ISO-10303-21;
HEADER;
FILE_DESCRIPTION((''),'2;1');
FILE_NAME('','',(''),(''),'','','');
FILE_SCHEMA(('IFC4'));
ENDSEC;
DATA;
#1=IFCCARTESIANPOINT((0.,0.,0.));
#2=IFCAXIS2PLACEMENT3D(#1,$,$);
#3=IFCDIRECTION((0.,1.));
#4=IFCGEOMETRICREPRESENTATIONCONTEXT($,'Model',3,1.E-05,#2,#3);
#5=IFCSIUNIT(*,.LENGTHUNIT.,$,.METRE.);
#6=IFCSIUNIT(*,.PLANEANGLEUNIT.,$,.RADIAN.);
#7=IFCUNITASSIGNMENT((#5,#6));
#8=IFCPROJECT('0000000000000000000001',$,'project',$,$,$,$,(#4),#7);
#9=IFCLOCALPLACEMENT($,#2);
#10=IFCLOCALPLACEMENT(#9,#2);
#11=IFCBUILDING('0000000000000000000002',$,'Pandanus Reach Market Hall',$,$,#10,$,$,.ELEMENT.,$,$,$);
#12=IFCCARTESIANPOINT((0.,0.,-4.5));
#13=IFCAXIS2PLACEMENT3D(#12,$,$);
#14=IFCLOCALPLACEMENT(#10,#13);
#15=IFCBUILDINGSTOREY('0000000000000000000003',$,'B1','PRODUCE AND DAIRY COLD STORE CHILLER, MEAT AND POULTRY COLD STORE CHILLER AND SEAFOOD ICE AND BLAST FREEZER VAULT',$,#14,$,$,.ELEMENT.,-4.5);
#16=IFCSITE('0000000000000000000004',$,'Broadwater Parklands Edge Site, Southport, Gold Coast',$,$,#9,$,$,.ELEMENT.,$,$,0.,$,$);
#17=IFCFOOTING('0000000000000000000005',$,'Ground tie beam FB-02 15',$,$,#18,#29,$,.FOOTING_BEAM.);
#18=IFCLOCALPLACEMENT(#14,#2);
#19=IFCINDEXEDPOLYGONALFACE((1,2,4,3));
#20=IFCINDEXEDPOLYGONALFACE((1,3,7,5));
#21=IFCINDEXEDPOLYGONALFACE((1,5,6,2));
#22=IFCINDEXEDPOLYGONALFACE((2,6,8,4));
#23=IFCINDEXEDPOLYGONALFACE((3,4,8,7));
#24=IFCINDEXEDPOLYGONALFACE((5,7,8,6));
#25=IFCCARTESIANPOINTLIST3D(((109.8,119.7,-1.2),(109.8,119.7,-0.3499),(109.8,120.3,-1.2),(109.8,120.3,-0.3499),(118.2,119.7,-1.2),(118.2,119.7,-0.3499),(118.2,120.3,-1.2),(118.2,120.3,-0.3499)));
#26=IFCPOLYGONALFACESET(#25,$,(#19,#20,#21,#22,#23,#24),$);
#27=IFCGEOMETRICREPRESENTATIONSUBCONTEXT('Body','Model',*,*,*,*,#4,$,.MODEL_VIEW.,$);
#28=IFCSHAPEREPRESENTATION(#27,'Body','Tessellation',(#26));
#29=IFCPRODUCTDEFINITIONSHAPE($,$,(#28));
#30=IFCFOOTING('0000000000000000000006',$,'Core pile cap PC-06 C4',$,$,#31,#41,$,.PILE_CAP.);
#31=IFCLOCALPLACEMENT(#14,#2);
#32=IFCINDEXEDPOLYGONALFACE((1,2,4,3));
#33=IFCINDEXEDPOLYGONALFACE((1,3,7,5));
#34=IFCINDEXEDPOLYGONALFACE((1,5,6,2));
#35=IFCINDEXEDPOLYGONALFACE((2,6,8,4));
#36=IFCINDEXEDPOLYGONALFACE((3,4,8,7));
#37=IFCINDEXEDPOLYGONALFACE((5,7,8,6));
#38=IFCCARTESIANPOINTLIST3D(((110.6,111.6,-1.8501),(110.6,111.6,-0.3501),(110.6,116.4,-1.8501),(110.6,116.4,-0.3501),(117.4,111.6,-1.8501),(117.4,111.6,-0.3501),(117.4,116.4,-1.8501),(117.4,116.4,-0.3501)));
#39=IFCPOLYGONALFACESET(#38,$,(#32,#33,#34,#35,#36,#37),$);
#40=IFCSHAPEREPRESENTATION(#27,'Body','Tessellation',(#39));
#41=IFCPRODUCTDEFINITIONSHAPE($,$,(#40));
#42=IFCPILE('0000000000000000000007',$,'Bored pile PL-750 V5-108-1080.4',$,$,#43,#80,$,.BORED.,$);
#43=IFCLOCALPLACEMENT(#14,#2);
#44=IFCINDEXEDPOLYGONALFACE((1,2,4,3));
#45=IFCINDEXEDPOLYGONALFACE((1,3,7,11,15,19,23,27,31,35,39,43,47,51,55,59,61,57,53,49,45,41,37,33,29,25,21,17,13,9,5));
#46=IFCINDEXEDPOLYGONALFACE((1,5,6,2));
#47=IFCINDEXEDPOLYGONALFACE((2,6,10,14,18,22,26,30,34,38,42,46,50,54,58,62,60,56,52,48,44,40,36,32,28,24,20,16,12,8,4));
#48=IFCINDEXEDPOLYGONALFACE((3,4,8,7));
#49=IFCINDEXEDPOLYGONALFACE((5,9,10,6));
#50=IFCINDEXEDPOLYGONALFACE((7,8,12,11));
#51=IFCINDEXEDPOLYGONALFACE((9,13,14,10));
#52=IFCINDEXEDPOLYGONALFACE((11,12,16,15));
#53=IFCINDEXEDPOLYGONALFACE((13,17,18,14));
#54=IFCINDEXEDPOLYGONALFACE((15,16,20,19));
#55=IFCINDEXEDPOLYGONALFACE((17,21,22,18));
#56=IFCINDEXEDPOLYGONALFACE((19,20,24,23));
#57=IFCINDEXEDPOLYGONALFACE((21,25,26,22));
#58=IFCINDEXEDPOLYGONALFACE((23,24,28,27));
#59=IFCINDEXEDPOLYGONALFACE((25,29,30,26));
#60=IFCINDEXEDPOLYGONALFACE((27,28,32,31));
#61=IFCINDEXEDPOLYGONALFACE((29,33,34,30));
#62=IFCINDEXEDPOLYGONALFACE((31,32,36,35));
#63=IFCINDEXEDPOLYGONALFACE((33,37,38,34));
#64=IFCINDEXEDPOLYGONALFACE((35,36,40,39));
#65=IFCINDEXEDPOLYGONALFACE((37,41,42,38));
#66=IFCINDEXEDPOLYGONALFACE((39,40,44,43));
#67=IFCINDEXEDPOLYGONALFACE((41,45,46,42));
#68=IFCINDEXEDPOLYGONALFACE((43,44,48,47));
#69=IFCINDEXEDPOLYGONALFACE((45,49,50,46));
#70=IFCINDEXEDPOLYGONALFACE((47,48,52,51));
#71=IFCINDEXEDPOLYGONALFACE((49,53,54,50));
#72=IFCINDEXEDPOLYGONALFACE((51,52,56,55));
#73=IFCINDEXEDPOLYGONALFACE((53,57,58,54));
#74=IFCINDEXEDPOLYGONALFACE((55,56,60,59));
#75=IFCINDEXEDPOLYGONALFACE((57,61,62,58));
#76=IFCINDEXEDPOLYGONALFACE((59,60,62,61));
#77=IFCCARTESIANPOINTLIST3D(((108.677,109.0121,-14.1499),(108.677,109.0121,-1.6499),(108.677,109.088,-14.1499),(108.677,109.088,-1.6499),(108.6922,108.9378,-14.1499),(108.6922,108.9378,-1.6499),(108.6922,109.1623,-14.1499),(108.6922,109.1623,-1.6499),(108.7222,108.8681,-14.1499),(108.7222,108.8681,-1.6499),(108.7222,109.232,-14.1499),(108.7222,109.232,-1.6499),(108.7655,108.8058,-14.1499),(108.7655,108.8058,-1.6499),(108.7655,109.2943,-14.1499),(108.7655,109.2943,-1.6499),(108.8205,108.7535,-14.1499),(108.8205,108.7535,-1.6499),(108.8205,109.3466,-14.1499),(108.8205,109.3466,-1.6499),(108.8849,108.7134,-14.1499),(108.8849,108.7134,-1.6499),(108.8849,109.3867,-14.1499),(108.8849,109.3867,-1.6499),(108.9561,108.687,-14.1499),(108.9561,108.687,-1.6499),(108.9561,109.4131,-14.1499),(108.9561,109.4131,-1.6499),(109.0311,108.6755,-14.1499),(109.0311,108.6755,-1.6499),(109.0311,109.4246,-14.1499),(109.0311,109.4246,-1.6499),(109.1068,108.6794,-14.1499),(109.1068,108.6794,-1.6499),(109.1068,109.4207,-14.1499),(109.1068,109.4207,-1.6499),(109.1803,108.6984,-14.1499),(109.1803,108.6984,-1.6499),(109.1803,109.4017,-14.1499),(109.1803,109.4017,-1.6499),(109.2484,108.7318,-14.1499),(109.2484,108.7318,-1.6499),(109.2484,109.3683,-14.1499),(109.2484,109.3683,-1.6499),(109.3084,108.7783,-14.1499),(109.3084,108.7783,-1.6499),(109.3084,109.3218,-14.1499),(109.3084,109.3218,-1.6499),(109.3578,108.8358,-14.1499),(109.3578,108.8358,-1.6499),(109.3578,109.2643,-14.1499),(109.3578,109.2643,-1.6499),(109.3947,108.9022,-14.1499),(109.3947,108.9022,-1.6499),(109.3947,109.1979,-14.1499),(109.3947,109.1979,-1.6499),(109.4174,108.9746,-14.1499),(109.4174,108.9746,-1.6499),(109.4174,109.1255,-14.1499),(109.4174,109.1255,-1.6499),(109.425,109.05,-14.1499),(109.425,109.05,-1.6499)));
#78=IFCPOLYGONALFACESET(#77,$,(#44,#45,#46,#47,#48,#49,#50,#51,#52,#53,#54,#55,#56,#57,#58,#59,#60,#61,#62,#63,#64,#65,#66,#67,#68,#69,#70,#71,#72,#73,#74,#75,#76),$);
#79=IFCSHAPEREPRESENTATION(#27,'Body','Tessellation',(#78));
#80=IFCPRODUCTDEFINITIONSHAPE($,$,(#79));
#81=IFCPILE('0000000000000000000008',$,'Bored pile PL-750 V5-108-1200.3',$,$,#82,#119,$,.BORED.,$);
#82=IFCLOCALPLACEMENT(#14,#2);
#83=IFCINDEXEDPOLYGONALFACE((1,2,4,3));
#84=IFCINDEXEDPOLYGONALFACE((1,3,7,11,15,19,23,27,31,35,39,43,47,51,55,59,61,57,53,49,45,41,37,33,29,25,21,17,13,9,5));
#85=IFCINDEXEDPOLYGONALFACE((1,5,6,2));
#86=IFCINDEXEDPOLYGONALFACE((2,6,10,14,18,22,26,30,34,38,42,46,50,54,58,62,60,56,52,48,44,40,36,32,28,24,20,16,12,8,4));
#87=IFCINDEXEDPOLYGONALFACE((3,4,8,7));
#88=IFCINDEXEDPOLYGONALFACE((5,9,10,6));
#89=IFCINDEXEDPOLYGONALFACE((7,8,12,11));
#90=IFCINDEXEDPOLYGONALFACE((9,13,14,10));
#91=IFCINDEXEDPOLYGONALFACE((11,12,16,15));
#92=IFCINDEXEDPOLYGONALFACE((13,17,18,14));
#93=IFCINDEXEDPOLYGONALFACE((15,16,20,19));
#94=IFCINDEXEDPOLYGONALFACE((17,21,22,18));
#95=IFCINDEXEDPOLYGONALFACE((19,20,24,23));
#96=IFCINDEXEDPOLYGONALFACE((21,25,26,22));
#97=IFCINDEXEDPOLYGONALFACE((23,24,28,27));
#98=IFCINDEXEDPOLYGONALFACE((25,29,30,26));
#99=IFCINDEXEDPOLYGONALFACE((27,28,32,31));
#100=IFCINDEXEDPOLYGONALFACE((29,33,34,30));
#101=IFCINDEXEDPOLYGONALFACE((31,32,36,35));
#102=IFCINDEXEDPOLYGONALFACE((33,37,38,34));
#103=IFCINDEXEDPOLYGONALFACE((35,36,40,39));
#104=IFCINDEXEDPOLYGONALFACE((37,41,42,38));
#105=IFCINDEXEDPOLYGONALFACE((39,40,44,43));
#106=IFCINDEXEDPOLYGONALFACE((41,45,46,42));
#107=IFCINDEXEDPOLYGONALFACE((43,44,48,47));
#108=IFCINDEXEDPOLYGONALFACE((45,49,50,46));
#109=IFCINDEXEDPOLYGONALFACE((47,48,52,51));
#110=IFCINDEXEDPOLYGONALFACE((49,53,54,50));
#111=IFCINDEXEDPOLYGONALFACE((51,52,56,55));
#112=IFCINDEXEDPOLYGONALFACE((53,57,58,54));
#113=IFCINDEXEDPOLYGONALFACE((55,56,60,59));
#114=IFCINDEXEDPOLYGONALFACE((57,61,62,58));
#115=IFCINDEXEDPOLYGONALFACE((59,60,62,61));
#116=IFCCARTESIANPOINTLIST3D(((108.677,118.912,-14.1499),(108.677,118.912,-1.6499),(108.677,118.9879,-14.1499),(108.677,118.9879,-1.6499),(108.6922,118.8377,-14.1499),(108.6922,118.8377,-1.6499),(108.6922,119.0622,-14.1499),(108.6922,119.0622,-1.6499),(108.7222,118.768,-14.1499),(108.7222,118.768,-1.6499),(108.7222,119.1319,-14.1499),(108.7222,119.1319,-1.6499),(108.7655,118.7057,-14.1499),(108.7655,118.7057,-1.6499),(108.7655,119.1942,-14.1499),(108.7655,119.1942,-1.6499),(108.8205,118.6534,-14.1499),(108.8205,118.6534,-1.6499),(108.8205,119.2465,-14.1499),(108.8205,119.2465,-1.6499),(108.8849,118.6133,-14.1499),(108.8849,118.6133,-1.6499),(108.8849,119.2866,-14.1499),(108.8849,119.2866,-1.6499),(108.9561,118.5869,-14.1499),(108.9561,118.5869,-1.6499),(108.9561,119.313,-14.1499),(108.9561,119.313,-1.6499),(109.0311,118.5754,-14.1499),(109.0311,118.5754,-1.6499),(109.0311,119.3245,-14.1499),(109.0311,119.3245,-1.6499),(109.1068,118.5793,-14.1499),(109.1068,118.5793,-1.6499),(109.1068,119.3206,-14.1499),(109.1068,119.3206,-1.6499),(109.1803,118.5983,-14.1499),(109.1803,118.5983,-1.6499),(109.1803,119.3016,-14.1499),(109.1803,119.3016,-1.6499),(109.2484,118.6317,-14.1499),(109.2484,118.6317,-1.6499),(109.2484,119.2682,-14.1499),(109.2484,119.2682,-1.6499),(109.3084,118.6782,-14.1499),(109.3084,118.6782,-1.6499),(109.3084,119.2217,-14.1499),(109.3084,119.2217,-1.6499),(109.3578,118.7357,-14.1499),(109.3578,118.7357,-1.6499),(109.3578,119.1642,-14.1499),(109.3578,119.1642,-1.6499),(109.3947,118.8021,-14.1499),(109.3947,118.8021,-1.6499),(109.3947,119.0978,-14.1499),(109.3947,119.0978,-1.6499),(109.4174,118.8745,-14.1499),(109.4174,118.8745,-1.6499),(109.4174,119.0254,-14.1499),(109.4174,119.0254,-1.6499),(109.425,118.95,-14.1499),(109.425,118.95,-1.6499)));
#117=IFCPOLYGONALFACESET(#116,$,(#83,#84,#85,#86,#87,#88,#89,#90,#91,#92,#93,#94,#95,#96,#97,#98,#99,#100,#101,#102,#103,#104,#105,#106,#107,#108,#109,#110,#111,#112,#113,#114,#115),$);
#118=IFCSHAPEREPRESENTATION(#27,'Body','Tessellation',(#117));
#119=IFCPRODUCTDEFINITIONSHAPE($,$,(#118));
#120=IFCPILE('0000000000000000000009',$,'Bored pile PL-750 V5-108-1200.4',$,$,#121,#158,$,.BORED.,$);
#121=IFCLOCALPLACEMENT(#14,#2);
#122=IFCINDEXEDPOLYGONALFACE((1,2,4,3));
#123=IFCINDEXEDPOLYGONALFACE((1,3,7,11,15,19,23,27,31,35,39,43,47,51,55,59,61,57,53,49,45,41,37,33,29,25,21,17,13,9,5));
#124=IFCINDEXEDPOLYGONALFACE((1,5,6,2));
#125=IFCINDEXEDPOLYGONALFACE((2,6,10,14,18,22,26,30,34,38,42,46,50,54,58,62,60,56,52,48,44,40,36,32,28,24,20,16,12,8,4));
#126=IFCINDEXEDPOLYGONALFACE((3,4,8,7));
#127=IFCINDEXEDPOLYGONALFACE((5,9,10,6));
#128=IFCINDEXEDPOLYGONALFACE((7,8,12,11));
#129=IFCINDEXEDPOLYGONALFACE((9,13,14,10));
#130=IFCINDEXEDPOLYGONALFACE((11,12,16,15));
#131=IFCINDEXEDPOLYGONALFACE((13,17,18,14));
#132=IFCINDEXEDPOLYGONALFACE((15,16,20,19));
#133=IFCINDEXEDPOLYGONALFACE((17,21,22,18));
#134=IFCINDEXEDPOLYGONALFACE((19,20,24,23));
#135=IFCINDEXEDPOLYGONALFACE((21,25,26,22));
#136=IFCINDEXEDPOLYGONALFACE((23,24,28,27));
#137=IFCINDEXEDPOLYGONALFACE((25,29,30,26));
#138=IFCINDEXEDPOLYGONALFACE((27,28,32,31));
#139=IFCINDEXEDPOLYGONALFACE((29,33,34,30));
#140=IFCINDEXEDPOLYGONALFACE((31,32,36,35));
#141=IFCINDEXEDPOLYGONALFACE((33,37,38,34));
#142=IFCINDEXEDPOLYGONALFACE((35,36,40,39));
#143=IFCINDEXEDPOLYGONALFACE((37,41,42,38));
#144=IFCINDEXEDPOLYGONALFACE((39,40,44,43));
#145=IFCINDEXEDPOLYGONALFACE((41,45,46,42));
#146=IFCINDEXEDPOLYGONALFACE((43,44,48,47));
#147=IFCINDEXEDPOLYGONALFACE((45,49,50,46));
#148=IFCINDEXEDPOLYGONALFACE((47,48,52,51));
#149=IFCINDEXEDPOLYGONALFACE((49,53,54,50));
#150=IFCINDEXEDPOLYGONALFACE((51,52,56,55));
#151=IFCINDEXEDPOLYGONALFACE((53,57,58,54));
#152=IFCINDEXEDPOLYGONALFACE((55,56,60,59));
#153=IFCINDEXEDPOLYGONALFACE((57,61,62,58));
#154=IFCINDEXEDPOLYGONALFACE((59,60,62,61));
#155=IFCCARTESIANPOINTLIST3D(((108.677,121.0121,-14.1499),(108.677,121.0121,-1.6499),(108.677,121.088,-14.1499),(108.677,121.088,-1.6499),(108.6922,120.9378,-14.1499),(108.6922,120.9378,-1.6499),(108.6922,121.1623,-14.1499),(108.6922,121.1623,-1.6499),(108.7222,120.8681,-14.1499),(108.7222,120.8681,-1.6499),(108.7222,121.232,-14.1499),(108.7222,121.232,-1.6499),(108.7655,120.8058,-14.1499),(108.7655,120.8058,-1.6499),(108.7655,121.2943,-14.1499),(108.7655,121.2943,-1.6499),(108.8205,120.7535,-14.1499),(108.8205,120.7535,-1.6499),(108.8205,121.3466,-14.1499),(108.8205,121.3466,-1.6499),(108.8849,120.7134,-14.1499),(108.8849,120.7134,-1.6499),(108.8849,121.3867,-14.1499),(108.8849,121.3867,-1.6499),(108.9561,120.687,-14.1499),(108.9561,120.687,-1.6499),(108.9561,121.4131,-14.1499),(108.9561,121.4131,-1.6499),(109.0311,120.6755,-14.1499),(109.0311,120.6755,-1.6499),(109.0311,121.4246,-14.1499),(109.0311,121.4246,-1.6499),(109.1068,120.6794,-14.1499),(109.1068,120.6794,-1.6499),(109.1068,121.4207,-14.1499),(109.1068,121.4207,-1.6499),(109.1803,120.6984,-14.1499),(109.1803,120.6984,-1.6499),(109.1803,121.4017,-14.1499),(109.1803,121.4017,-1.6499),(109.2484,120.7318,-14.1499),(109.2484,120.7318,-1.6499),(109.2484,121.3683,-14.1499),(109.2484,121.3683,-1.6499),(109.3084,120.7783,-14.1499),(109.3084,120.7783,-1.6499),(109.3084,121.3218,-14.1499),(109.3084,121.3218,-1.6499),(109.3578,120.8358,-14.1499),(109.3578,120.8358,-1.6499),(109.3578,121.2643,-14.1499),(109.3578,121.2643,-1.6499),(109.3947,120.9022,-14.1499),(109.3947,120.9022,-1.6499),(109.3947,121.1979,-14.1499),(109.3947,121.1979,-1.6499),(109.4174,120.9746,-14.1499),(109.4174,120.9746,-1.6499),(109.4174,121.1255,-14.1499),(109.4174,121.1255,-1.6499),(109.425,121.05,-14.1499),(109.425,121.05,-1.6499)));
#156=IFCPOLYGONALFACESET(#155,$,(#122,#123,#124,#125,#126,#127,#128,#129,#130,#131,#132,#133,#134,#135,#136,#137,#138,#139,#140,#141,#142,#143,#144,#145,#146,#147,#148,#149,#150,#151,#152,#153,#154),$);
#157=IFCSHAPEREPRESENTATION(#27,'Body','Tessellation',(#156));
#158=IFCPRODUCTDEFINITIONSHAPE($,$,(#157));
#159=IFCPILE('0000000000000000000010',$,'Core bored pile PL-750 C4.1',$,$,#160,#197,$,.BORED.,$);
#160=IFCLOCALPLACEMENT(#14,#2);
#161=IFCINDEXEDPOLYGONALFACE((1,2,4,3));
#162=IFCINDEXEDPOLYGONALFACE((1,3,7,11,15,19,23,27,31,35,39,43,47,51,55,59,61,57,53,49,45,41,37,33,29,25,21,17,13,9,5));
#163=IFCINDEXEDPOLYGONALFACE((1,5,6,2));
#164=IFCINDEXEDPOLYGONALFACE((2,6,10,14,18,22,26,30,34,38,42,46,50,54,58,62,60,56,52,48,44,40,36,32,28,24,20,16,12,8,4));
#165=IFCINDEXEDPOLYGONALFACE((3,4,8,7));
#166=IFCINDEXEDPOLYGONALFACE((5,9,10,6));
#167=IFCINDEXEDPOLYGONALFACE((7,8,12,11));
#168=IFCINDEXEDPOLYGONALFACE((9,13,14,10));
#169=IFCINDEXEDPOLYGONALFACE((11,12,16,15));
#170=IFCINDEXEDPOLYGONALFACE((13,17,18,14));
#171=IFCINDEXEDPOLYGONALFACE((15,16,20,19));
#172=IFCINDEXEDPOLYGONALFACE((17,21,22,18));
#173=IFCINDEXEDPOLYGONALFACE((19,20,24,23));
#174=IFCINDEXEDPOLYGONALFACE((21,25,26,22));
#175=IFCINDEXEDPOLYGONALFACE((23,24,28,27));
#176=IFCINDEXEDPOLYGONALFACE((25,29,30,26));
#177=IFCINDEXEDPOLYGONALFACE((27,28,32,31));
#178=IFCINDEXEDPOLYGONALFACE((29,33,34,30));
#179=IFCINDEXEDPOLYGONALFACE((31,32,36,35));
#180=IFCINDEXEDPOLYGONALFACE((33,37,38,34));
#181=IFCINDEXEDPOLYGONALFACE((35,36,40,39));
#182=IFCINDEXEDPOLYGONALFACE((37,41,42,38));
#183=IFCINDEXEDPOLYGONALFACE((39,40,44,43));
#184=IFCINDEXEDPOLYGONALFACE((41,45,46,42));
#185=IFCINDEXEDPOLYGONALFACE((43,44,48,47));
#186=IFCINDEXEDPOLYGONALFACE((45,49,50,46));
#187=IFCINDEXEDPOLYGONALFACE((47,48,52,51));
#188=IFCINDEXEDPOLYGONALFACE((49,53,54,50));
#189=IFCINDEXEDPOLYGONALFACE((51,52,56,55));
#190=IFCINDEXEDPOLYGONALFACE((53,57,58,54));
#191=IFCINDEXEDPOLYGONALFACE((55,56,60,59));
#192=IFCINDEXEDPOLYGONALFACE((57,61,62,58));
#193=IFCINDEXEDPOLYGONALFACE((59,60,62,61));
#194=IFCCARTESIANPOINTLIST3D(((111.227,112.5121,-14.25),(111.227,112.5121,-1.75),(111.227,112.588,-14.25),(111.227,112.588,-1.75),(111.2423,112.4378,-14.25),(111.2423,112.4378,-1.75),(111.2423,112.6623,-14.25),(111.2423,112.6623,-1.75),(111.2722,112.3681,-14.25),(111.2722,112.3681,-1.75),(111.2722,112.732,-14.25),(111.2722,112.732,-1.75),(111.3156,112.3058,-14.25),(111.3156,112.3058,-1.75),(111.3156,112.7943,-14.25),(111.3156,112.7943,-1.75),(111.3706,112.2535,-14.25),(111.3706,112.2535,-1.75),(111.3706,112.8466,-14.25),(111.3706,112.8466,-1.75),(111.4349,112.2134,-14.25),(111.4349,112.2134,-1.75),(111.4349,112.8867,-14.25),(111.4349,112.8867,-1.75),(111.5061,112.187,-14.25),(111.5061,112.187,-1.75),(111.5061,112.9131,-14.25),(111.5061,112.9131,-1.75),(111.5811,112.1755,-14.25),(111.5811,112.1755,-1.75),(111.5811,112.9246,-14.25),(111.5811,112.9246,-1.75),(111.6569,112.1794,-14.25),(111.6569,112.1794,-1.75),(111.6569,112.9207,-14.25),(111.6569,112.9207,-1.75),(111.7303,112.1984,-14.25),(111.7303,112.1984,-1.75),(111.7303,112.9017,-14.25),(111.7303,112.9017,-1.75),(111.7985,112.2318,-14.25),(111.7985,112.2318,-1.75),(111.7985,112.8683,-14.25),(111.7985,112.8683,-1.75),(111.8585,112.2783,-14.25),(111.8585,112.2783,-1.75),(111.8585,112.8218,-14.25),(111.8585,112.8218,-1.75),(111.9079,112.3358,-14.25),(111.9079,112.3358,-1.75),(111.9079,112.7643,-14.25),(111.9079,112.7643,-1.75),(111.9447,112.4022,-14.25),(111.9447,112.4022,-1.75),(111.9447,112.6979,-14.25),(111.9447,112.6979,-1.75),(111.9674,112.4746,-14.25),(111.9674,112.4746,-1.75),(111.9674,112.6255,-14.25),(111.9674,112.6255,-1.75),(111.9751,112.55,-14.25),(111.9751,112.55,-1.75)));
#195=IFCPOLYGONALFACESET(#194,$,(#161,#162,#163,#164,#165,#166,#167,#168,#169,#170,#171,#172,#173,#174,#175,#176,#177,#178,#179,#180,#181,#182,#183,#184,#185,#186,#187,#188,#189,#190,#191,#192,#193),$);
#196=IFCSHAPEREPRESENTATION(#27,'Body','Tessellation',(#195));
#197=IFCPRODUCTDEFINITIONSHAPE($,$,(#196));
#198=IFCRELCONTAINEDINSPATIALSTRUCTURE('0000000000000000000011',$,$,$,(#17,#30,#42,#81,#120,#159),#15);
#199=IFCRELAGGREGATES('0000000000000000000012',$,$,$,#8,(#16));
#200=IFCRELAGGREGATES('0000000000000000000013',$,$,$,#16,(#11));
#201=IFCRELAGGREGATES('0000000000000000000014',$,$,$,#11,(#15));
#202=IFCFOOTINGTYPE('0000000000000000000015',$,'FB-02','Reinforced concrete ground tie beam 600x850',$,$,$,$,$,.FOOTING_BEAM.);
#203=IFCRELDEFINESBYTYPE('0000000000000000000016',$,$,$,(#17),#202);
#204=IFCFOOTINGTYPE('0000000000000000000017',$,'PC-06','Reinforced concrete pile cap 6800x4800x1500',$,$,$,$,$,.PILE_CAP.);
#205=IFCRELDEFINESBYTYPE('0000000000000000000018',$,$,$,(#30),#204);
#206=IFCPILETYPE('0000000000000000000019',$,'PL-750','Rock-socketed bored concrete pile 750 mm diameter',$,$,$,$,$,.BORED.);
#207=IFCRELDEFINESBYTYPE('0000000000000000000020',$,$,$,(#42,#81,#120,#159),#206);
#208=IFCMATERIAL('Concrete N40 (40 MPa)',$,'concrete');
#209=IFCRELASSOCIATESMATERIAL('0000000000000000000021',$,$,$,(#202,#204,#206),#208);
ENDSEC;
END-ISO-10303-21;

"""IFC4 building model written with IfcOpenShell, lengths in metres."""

from ifc_helpers import new_model, si_unit, direction, frame, origin, origin_2d, place, context, subcontext, project, spatial, rectangle, circle, extrude, material, material_profile, profile_set, type_object, element, save


model = new_model("IFC4")

# Units and contexts
model_context = context("Model", 3, precision=1e-05, world=origin(), true_north=direction((0.0, 1.0)))
body_context = subcontext(model_context, "Body", "Model", "MODEL_VIEW")
ifc_project = project(units=[si_unit("LENGTHUNIT", "METRE"), si_unit("PLANEANGLEUNIT", "RADIAN")], contexts=[model_context])

# Site, building, storey
site_placement = place(None, origin())
site = spatial("IfcSite", under=ifc_project, at=site_placement, Name="Broadwater Parklands Edge Site, Southport, Gold Coast", CompositionType="ELEMENT", RefElevation=0.0)
building_placement = place(site_placement, origin())
building = spatial("IfcBuilding", under=site, at=building_placement, Name="Pandanus Reach Market Hall", CompositionType="ELEMENT")
storey_placement = place(building_placement, frame((0.0, 0.0, -4.5)))
storey = spatial("IfcBuildingStorey", under=building, at=storey_placement, Name="B1", Description="PRODUCE AND DAIRY COLD STORE CHILLER, MEAT AND POULTRY COLD STORE CHILLER AND SEAFOOD ICE AND BLAST FREEZER VAULT", CompositionType="ELEMENT", Elevation=-4.5)

# Footings
ifc_material_1 = material(Name="Concrete N40 (40 MPa)", Category="concrete")
footing_type_1 = type_object("IfcFootingType", Name="FB-02", Description="Reinforced concrete ground tie beam 600x850", PredefinedType="FOOTING_BEAM", material=ifc_material_1)
footing_1_placement = place(storey_placement, frame((114.0, 120.0, -1.2), z_axis=(0.0, 0.0, 1.0), x_axis=(1.0, 0.0, 0.0)))
element("IfcFooting", 1, at=footing_1_placement, inside=storey, type_object=footing_type_1, Name="Ground tie beam FB-02 15", PredefinedType="FOOTING_BEAM", context=body_context, shape_type="SweptSolid", body=[
    extrude(rectangle(XDim=8.3999, YDim=0.6001, at=origin_2d()), origin(), (0.0, 0.0, 1.0), 0.8501),
])
footing_type_2 = type_object("IfcFootingType", Name="PC-06", Description="Reinforced concrete pile cap 6800x4800x1500", PredefinedType="PILE_CAP", material=ifc_material_1)
footing_2_placement = place(storey_placement, frame((114.0, 114.0, -1.8501), z_axis=(0.0, 0.0, 1.0), x_axis=(1.0, 0.0, 0.0)))
element("IfcFooting", 2, at=footing_2_placement, inside=storey, type_object=footing_type_2, Name="Core pile cap PC-06 C4", PredefinedType="PILE_CAP", context=body_context, shape_type="SweptSolid", body=[
    extrude(rectangle(XDim=6.8, YDim=4.8, at=origin_2d()), origin(), (0.0, 0.0, 1.0), 1.5),
])

# Piles
ifc_material_profile_1 = material_profile(ifc_material_1, circle(Radius=0.375, at=origin_2d()), Name="PILE-750D", Category="LoadBearing")
ifc_profile_set_1 = profile_set([ifc_material_profile_1], Name="Concrete N40 (40 MPa)")
pile_type = type_object("IfcPileType", Name="PL-750", Description="Rock-socketed bored concrete pile 750 mm diameter", PredefinedType="BORED", material=ifc_profile_set_1)
for number, where, z_axis, x_axis, name in (
    (3, (109.05, 109.05, -1.6499), (0.0, 0.0, -1.0), (1.0, 0.0, 0.0), "Bored pile PL-750 V5-108-1080.4"),
    (4, (109.05, 118.95, -1.6499), (0.0, 0.0, -1.0), (1.0, 0.0, 0.0), "Bored pile PL-750 V5-108-1200.3"),
    (5, (109.05, 121.05, -1.6499), (0.0, 0.0, -1.0), (1.0, 0.0, 0.0), "Bored pile PL-750 V5-108-1200.4"),
    (6, (111.6001, 112.55, -1.75), (0.0, 0.0, -1.0), (1.0, 0.0, 0.0), "Core bored pile PL-750 C4.1"),
):
    element("IfcPile", number, at=place(storey_placement, frame(where, z_axis=z_axis, x_axis=x_axis)), inside=storey, type_object=pile_type, Name=name, PredefinedType="BORED", context=body_context, shape_type="SweptSolid", body=[
        extrude(circle(Radius=0.375, at=origin_2d()), origin(), (0.0, 0.0, 1.0), 12.5),
    ])

save(model, "model.ifc")
